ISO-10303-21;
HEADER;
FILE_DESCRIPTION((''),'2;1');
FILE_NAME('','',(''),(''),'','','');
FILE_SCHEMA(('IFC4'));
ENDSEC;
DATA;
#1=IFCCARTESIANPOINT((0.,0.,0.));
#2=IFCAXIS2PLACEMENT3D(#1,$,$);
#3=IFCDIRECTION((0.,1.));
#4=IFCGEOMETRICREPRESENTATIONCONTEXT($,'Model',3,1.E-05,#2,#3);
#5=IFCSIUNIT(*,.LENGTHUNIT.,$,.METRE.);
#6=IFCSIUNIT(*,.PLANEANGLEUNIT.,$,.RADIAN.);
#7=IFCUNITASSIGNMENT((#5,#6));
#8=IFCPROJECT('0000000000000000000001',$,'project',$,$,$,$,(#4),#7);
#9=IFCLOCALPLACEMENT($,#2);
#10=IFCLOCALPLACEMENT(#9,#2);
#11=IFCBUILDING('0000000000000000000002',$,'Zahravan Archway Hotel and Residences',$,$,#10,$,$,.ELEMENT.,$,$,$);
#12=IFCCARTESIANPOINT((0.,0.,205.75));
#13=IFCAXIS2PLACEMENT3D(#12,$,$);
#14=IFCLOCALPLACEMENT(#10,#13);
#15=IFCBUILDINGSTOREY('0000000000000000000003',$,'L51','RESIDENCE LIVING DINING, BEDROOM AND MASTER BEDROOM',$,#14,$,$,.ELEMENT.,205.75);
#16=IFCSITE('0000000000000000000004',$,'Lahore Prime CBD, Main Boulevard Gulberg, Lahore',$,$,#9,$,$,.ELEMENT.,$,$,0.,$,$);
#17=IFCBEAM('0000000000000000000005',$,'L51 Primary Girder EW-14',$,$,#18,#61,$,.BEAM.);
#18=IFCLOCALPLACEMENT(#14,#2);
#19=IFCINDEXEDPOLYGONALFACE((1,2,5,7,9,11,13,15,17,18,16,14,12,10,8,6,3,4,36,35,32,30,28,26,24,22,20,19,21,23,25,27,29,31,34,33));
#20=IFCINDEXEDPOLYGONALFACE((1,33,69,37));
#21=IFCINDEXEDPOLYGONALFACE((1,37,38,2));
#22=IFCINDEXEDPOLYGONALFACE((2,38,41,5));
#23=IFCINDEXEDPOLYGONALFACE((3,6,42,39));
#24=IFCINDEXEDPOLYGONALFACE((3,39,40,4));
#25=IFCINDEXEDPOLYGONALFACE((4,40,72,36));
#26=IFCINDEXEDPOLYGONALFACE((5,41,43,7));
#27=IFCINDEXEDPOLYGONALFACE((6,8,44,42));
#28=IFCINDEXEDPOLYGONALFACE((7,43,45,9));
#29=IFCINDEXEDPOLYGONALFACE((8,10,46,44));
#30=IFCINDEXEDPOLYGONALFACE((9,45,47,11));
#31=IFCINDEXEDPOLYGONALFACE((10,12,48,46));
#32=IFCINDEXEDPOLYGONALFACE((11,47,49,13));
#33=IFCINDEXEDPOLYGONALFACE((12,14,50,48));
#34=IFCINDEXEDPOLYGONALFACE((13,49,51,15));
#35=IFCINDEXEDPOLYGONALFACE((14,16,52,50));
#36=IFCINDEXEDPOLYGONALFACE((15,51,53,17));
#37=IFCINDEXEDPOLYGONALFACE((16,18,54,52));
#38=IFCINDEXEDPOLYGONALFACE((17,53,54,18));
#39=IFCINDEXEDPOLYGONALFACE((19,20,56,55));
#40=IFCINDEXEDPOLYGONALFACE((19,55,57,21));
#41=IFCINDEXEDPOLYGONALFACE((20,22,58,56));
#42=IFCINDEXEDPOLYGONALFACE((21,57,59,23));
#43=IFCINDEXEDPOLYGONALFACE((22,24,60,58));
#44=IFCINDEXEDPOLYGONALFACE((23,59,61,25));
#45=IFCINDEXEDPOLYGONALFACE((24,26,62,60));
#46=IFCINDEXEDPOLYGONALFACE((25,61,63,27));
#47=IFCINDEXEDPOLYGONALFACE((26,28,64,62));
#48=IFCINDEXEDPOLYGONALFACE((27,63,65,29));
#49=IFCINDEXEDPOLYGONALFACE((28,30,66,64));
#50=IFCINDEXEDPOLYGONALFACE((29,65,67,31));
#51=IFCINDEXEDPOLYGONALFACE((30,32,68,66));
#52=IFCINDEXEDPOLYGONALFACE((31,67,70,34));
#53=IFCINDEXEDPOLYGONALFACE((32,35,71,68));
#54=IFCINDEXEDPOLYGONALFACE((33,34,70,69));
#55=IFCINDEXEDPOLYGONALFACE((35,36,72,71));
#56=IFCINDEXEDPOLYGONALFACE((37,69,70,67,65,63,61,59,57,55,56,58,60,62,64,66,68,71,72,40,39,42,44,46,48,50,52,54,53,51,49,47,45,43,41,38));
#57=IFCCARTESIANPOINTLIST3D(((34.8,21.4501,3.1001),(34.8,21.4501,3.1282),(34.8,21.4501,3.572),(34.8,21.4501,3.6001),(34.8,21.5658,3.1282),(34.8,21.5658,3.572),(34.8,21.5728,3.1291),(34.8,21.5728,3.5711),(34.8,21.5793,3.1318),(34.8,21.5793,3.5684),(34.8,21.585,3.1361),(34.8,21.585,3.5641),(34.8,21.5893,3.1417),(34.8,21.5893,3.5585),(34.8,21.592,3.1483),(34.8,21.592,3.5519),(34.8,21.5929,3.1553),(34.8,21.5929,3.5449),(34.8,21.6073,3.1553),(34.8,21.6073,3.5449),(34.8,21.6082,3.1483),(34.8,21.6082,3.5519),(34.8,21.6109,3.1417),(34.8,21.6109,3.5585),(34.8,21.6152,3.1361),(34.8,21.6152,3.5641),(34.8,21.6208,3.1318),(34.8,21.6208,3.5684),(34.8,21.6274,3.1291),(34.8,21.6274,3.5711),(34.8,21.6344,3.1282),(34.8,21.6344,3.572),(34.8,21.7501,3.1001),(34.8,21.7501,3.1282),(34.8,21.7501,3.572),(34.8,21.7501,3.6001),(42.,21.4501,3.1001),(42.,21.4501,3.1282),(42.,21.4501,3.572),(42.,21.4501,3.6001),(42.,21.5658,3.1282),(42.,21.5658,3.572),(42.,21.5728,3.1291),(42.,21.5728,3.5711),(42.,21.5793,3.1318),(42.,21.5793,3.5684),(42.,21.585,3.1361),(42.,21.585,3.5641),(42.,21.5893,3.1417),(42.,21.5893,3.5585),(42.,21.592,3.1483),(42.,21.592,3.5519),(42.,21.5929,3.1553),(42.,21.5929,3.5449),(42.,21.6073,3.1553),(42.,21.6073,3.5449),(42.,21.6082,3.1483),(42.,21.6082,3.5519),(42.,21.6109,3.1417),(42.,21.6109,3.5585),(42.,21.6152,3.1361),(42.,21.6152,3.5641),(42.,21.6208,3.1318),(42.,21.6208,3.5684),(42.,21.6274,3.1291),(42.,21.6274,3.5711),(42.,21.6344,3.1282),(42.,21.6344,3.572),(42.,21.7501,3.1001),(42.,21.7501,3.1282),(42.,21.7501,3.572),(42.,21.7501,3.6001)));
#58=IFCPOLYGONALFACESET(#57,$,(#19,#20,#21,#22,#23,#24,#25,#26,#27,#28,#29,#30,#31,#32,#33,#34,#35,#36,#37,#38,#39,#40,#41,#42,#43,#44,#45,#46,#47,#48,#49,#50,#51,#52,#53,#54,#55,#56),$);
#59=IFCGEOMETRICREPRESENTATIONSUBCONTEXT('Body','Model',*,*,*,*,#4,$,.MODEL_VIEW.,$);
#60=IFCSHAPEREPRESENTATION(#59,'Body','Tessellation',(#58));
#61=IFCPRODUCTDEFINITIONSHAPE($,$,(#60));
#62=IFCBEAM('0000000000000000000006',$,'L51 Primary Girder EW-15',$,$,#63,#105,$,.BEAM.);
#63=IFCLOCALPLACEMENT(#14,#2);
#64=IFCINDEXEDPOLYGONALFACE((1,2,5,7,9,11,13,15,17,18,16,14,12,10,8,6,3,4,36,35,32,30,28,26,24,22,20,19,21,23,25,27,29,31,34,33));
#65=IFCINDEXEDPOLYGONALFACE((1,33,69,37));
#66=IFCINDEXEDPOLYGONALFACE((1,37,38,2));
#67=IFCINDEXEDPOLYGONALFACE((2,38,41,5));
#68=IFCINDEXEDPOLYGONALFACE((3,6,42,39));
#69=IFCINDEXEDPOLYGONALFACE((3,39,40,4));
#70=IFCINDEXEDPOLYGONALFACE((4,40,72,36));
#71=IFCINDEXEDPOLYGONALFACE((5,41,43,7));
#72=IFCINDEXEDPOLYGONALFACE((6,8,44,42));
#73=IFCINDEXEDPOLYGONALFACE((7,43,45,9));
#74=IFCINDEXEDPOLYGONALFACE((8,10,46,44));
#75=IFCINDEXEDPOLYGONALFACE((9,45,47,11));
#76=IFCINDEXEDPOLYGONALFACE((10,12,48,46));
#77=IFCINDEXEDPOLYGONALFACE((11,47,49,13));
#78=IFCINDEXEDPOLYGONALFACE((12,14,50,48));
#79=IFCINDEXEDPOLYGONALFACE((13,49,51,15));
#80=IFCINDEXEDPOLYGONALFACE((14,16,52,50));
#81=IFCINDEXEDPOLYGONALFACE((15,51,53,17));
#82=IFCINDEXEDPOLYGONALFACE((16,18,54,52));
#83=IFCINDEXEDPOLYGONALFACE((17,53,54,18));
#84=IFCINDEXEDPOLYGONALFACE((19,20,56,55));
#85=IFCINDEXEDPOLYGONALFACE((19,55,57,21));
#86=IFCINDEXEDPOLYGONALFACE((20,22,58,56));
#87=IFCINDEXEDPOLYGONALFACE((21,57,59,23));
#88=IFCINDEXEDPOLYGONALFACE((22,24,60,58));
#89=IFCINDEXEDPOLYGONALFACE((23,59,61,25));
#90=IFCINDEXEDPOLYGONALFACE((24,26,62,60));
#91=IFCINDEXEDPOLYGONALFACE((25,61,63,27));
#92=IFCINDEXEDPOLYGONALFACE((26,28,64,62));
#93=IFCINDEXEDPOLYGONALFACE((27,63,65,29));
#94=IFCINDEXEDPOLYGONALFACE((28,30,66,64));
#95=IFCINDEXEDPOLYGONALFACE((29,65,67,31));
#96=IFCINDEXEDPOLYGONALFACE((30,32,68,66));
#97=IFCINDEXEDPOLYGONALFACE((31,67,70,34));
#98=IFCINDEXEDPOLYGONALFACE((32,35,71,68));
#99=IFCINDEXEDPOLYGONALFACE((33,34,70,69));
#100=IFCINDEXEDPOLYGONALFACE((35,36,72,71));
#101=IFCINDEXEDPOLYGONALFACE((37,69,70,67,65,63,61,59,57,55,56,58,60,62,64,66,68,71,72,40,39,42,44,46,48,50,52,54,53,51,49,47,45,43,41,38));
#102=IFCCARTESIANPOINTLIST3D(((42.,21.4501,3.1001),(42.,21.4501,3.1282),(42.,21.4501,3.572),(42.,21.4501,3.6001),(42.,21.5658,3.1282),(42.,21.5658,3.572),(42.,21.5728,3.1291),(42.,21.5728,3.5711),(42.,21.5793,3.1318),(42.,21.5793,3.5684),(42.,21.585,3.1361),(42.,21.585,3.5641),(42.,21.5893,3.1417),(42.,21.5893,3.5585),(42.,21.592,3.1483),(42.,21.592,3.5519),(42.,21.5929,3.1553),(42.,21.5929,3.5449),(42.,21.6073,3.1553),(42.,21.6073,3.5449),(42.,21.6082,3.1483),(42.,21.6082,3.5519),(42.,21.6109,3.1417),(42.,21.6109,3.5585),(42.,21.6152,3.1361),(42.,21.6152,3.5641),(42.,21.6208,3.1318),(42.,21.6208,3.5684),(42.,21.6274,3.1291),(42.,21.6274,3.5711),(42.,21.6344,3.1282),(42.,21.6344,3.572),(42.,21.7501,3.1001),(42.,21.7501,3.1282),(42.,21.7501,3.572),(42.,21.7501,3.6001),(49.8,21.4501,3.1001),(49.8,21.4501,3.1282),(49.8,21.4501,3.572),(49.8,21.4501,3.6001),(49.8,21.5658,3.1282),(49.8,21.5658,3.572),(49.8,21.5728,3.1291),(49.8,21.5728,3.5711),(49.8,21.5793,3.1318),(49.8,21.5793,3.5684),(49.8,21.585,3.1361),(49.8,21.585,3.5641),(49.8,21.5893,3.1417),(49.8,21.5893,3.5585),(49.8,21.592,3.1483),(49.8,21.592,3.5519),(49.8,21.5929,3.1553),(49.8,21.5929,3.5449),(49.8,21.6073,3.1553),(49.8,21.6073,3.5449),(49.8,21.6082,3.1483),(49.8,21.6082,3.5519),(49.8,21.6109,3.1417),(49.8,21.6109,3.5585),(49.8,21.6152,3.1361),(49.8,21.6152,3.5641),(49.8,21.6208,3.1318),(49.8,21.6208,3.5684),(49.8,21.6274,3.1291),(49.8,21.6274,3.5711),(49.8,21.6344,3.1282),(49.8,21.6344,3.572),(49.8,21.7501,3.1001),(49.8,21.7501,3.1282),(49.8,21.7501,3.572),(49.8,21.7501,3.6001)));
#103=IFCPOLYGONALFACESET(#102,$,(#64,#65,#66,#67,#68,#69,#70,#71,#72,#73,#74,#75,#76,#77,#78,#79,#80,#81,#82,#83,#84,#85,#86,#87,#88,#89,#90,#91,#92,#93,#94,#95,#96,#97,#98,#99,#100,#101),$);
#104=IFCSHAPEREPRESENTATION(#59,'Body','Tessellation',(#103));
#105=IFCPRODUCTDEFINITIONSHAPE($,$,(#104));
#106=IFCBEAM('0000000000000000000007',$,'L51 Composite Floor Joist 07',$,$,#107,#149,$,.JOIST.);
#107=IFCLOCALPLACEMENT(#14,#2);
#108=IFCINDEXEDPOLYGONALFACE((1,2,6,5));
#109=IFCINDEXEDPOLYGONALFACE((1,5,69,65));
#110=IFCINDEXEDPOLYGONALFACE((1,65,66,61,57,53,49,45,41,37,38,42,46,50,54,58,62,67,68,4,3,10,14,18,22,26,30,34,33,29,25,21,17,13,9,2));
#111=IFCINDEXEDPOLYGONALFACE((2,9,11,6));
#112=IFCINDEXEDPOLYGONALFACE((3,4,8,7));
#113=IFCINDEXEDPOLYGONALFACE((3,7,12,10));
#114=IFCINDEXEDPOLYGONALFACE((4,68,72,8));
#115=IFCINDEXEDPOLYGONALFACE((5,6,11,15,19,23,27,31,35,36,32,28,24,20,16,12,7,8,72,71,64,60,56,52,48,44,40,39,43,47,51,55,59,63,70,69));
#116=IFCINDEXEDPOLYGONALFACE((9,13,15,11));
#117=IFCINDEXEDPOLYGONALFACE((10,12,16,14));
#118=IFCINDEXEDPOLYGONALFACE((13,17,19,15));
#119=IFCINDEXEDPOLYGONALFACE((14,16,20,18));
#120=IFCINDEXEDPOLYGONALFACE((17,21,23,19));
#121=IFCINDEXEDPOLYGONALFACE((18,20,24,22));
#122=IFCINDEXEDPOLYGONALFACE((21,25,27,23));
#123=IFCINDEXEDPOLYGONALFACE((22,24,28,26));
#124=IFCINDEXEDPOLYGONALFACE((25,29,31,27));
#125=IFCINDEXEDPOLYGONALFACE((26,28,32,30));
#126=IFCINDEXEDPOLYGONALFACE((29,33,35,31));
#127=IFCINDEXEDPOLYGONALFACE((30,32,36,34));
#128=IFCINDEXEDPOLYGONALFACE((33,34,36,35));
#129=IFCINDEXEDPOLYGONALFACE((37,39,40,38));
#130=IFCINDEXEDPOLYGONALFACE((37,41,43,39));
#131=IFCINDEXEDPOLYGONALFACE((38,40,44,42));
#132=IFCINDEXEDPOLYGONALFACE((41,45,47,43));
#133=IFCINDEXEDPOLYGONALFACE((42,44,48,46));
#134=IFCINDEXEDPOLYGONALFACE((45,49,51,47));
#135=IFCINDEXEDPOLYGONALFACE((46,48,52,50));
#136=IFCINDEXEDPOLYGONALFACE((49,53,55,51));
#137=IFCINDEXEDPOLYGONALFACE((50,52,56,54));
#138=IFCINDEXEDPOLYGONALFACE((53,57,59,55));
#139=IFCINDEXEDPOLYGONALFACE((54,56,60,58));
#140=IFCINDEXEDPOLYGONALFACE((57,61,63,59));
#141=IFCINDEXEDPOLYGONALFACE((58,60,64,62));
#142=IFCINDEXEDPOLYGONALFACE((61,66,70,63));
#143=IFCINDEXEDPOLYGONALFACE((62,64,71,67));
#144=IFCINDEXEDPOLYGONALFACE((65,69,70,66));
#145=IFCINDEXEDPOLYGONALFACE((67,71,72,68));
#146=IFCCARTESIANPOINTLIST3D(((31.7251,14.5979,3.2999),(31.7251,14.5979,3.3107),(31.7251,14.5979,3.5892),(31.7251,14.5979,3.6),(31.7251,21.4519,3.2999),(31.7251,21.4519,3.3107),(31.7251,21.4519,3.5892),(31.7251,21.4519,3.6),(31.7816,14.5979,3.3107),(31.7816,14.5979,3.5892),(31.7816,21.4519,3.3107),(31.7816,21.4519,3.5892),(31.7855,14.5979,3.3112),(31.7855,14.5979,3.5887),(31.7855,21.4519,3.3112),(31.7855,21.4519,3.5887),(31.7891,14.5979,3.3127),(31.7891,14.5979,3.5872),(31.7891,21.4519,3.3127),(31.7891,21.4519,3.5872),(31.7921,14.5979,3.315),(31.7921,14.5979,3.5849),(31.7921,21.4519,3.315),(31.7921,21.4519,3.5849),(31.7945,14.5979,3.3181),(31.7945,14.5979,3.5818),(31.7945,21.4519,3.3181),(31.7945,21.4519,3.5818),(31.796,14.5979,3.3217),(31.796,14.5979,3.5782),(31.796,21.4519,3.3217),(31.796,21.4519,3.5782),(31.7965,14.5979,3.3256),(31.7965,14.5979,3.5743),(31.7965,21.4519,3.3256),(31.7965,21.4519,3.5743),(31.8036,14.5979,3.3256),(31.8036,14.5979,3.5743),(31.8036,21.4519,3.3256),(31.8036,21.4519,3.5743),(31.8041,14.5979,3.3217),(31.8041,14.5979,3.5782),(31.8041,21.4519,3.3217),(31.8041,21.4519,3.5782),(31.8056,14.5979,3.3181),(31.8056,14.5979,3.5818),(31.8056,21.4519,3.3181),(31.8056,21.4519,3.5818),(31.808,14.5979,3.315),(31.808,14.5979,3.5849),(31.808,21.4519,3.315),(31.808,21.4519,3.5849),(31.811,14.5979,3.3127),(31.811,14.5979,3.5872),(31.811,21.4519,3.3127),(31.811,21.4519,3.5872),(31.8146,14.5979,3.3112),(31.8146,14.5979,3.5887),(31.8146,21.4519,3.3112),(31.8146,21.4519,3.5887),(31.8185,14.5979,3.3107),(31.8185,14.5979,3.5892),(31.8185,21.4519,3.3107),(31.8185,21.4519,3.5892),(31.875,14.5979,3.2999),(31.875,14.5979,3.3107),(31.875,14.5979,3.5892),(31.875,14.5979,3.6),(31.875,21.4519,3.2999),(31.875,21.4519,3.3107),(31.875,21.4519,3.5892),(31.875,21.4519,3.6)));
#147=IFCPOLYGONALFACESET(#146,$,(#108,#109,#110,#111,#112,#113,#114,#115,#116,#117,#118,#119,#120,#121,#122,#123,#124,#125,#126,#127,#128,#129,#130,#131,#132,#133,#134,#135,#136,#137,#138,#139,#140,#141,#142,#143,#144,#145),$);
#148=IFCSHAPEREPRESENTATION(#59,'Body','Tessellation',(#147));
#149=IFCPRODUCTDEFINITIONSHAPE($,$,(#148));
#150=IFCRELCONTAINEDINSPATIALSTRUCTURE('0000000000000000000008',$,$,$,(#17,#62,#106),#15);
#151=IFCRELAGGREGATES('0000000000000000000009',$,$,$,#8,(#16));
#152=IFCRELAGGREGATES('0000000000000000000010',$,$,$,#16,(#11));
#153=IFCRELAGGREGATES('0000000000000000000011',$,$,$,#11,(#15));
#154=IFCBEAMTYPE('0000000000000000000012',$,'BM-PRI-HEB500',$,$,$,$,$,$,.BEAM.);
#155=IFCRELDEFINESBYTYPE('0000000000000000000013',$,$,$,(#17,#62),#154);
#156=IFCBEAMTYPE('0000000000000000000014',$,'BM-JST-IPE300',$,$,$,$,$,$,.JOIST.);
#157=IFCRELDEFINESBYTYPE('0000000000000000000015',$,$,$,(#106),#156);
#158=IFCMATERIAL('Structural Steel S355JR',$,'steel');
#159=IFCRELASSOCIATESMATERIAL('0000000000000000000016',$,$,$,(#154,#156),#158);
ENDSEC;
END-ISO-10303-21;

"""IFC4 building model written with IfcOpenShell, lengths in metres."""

from ifc_helpers import new_model, si_unit, direction, frame, origin, origin_2d, place, context, subcontext, project, spatial, i_section, extrude, source, transform, mapped, material, material_profile, profile_set, type_object, element, save


model = new_model("IFC4")

# Units and contexts
model_context = context("Model", 3, precision=1e-05, world=origin(), true_north=direction((0.0, 1.0)))
body_context = subcontext(model_context, "Body", "Model", "MODEL_VIEW")
ifc_project = project(units=[si_unit("LENGTHUNIT", "METRE"), si_unit("PLANEANGLEUNIT", "RADIAN")], contexts=[model_context])

# Site, building, storey
site_placement = place(None, origin())
site = spatial("IfcSite", under=ifc_project, at=site_placement, Name="Lahore Prime CBD, Main Boulevard Gulberg, Lahore", CompositionType="ELEMENT", RefElevation=0.0)
building_placement = place(site_placement, origin())
building = spatial("IfcBuilding", under=site, at=building_placement, Name="Zahravan Archway Hotel and Residences", CompositionType="ELEMENT")
storey_placement = place(building_placement, frame((0.0, 0.0, 205.75)))
storey = spatial("IfcBuildingStorey", under=building, at=storey_placement, Name="L51", Description="RESIDENCE LIVING DINING, BEDROOM AND MASTER BEDROOM", CompositionType="ELEMENT", Elevation=205.75)

# Beams
ifc_material_1 = material(Name="Structural Steel S355JR", Category="steel")
ifc_material_profile_1 = material_profile(ifc_material_1, i_section(OverallWidth=0.3, OverallDepth=0.5, WebThickness=0.0144, FlangeThickness=0.0281, FilletRadius=0.0271, at=origin_2d()), Name="HEB 500", Category="steel")
ifc_profile_set_1 = profile_set([ifc_material_profile_1], Name="Structural Steel S355JR")
beam_type_1 = type_object("IfcBeamType", Name="BM-PRI-HEB500", PredefinedType="BEAM", material=ifc_profile_set_1)
shared_shape_1 = source(origin(), body_context, "Body", "SweptSolid", [
    extrude(i_section(OverallWidth=0.3, OverallDepth=0.5, WebThickness=0.0144, FlangeThickness=0.0281, FilletRadius=0.0271, at=origin_2d()), origin(), (0.0, 0.0, 1.0), 7.2),
])
beam_1_placement = place(storey_placement, frame((34.8, 21.6001, 3.3501), z_axis=(1.0, 0.0, 0.0), x_axis=(0.0, 1.0, 0.0)))
element("IfcBeam", 1, at=beam_1_placement, inside=storey, type_object=beam_type_1, Name="L51 Primary Girder EW-14", PredefinedType="BEAM", context=body_context, shape_type="MappedRepresentation", body=[
    mapped(shared_shape_1, transform((0.0, 0.0, 0.0), scale=1.0)),
])
shared_shape_2 = source(origin(), body_context, "Body", "SweptSolid", [
    extrude(i_section(OverallWidth=0.3, OverallDepth=0.5, WebThickness=0.0144, FlangeThickness=0.0281, FilletRadius=0.0271, at=origin_2d()), origin(), (0.0, 0.0, 1.0), 7.8),
])
beam_2_placement = place(storey_placement, frame((42.0, 21.6001, 3.3501), z_axis=(1.0, 0.0, 0.0), x_axis=(0.0, 1.0, 0.0)))
element("IfcBeam", 2, at=beam_2_placement, inside=storey, type_object=beam_type_1, Name="L51 Primary Girder EW-15", PredefinedType="BEAM", context=body_context, shape_type="MappedRepresentation", body=[
    mapped(shared_shape_2, transform((0.0, 0.0, 0.0), scale=1.0)),
])
ifc_material_profile_2 = material_profile(ifc_material_1, i_section(OverallWidth=0.1499, OverallDepth=0.3, WebThickness=0.0071, FlangeThickness=0.0107, FilletRadius=0.0149, at=origin_2d()), Name="IPE 300", Category="steel")
ifc_profile_set_2 = profile_set([ifc_material_profile_2], Name="Structural Steel S355JR")
beam_type_2 = type_object("IfcBeamType", Name="BM-JST-IPE300", PredefinedType="JOIST", material=ifc_profile_set_2)
shared_shape_3 = source(origin(), body_context, "Body", "SweptSolid", [
    extrude(i_section(OverallWidth=0.1499, OverallDepth=0.3, WebThickness=0.0071, FlangeThickness=0.0107, FilletRadius=0.0149, at=origin_2d()), origin(), (0.0, 0.0, 1.0), 6.854),
])
beam_3_placement = place(storey_placement, frame((31.8, 14.5979, 3.45), z_axis=(0.0, 1.0, 0.0), x_axis=(-1.0, 0.0, 0.0)))
element("IfcBeam", 3, at=beam_3_placement, inside=storey, type_object=beam_type_2, Name="L51 Composite Floor Joist 07", PredefinedType="JOIST", context=body_context, shape_type="MappedRepresentation", body=[
    mapped(shared_shape_3, transform((0.0, 0.0, 0.0), scale=1.0)),
])

save(model, "model.ifc")
